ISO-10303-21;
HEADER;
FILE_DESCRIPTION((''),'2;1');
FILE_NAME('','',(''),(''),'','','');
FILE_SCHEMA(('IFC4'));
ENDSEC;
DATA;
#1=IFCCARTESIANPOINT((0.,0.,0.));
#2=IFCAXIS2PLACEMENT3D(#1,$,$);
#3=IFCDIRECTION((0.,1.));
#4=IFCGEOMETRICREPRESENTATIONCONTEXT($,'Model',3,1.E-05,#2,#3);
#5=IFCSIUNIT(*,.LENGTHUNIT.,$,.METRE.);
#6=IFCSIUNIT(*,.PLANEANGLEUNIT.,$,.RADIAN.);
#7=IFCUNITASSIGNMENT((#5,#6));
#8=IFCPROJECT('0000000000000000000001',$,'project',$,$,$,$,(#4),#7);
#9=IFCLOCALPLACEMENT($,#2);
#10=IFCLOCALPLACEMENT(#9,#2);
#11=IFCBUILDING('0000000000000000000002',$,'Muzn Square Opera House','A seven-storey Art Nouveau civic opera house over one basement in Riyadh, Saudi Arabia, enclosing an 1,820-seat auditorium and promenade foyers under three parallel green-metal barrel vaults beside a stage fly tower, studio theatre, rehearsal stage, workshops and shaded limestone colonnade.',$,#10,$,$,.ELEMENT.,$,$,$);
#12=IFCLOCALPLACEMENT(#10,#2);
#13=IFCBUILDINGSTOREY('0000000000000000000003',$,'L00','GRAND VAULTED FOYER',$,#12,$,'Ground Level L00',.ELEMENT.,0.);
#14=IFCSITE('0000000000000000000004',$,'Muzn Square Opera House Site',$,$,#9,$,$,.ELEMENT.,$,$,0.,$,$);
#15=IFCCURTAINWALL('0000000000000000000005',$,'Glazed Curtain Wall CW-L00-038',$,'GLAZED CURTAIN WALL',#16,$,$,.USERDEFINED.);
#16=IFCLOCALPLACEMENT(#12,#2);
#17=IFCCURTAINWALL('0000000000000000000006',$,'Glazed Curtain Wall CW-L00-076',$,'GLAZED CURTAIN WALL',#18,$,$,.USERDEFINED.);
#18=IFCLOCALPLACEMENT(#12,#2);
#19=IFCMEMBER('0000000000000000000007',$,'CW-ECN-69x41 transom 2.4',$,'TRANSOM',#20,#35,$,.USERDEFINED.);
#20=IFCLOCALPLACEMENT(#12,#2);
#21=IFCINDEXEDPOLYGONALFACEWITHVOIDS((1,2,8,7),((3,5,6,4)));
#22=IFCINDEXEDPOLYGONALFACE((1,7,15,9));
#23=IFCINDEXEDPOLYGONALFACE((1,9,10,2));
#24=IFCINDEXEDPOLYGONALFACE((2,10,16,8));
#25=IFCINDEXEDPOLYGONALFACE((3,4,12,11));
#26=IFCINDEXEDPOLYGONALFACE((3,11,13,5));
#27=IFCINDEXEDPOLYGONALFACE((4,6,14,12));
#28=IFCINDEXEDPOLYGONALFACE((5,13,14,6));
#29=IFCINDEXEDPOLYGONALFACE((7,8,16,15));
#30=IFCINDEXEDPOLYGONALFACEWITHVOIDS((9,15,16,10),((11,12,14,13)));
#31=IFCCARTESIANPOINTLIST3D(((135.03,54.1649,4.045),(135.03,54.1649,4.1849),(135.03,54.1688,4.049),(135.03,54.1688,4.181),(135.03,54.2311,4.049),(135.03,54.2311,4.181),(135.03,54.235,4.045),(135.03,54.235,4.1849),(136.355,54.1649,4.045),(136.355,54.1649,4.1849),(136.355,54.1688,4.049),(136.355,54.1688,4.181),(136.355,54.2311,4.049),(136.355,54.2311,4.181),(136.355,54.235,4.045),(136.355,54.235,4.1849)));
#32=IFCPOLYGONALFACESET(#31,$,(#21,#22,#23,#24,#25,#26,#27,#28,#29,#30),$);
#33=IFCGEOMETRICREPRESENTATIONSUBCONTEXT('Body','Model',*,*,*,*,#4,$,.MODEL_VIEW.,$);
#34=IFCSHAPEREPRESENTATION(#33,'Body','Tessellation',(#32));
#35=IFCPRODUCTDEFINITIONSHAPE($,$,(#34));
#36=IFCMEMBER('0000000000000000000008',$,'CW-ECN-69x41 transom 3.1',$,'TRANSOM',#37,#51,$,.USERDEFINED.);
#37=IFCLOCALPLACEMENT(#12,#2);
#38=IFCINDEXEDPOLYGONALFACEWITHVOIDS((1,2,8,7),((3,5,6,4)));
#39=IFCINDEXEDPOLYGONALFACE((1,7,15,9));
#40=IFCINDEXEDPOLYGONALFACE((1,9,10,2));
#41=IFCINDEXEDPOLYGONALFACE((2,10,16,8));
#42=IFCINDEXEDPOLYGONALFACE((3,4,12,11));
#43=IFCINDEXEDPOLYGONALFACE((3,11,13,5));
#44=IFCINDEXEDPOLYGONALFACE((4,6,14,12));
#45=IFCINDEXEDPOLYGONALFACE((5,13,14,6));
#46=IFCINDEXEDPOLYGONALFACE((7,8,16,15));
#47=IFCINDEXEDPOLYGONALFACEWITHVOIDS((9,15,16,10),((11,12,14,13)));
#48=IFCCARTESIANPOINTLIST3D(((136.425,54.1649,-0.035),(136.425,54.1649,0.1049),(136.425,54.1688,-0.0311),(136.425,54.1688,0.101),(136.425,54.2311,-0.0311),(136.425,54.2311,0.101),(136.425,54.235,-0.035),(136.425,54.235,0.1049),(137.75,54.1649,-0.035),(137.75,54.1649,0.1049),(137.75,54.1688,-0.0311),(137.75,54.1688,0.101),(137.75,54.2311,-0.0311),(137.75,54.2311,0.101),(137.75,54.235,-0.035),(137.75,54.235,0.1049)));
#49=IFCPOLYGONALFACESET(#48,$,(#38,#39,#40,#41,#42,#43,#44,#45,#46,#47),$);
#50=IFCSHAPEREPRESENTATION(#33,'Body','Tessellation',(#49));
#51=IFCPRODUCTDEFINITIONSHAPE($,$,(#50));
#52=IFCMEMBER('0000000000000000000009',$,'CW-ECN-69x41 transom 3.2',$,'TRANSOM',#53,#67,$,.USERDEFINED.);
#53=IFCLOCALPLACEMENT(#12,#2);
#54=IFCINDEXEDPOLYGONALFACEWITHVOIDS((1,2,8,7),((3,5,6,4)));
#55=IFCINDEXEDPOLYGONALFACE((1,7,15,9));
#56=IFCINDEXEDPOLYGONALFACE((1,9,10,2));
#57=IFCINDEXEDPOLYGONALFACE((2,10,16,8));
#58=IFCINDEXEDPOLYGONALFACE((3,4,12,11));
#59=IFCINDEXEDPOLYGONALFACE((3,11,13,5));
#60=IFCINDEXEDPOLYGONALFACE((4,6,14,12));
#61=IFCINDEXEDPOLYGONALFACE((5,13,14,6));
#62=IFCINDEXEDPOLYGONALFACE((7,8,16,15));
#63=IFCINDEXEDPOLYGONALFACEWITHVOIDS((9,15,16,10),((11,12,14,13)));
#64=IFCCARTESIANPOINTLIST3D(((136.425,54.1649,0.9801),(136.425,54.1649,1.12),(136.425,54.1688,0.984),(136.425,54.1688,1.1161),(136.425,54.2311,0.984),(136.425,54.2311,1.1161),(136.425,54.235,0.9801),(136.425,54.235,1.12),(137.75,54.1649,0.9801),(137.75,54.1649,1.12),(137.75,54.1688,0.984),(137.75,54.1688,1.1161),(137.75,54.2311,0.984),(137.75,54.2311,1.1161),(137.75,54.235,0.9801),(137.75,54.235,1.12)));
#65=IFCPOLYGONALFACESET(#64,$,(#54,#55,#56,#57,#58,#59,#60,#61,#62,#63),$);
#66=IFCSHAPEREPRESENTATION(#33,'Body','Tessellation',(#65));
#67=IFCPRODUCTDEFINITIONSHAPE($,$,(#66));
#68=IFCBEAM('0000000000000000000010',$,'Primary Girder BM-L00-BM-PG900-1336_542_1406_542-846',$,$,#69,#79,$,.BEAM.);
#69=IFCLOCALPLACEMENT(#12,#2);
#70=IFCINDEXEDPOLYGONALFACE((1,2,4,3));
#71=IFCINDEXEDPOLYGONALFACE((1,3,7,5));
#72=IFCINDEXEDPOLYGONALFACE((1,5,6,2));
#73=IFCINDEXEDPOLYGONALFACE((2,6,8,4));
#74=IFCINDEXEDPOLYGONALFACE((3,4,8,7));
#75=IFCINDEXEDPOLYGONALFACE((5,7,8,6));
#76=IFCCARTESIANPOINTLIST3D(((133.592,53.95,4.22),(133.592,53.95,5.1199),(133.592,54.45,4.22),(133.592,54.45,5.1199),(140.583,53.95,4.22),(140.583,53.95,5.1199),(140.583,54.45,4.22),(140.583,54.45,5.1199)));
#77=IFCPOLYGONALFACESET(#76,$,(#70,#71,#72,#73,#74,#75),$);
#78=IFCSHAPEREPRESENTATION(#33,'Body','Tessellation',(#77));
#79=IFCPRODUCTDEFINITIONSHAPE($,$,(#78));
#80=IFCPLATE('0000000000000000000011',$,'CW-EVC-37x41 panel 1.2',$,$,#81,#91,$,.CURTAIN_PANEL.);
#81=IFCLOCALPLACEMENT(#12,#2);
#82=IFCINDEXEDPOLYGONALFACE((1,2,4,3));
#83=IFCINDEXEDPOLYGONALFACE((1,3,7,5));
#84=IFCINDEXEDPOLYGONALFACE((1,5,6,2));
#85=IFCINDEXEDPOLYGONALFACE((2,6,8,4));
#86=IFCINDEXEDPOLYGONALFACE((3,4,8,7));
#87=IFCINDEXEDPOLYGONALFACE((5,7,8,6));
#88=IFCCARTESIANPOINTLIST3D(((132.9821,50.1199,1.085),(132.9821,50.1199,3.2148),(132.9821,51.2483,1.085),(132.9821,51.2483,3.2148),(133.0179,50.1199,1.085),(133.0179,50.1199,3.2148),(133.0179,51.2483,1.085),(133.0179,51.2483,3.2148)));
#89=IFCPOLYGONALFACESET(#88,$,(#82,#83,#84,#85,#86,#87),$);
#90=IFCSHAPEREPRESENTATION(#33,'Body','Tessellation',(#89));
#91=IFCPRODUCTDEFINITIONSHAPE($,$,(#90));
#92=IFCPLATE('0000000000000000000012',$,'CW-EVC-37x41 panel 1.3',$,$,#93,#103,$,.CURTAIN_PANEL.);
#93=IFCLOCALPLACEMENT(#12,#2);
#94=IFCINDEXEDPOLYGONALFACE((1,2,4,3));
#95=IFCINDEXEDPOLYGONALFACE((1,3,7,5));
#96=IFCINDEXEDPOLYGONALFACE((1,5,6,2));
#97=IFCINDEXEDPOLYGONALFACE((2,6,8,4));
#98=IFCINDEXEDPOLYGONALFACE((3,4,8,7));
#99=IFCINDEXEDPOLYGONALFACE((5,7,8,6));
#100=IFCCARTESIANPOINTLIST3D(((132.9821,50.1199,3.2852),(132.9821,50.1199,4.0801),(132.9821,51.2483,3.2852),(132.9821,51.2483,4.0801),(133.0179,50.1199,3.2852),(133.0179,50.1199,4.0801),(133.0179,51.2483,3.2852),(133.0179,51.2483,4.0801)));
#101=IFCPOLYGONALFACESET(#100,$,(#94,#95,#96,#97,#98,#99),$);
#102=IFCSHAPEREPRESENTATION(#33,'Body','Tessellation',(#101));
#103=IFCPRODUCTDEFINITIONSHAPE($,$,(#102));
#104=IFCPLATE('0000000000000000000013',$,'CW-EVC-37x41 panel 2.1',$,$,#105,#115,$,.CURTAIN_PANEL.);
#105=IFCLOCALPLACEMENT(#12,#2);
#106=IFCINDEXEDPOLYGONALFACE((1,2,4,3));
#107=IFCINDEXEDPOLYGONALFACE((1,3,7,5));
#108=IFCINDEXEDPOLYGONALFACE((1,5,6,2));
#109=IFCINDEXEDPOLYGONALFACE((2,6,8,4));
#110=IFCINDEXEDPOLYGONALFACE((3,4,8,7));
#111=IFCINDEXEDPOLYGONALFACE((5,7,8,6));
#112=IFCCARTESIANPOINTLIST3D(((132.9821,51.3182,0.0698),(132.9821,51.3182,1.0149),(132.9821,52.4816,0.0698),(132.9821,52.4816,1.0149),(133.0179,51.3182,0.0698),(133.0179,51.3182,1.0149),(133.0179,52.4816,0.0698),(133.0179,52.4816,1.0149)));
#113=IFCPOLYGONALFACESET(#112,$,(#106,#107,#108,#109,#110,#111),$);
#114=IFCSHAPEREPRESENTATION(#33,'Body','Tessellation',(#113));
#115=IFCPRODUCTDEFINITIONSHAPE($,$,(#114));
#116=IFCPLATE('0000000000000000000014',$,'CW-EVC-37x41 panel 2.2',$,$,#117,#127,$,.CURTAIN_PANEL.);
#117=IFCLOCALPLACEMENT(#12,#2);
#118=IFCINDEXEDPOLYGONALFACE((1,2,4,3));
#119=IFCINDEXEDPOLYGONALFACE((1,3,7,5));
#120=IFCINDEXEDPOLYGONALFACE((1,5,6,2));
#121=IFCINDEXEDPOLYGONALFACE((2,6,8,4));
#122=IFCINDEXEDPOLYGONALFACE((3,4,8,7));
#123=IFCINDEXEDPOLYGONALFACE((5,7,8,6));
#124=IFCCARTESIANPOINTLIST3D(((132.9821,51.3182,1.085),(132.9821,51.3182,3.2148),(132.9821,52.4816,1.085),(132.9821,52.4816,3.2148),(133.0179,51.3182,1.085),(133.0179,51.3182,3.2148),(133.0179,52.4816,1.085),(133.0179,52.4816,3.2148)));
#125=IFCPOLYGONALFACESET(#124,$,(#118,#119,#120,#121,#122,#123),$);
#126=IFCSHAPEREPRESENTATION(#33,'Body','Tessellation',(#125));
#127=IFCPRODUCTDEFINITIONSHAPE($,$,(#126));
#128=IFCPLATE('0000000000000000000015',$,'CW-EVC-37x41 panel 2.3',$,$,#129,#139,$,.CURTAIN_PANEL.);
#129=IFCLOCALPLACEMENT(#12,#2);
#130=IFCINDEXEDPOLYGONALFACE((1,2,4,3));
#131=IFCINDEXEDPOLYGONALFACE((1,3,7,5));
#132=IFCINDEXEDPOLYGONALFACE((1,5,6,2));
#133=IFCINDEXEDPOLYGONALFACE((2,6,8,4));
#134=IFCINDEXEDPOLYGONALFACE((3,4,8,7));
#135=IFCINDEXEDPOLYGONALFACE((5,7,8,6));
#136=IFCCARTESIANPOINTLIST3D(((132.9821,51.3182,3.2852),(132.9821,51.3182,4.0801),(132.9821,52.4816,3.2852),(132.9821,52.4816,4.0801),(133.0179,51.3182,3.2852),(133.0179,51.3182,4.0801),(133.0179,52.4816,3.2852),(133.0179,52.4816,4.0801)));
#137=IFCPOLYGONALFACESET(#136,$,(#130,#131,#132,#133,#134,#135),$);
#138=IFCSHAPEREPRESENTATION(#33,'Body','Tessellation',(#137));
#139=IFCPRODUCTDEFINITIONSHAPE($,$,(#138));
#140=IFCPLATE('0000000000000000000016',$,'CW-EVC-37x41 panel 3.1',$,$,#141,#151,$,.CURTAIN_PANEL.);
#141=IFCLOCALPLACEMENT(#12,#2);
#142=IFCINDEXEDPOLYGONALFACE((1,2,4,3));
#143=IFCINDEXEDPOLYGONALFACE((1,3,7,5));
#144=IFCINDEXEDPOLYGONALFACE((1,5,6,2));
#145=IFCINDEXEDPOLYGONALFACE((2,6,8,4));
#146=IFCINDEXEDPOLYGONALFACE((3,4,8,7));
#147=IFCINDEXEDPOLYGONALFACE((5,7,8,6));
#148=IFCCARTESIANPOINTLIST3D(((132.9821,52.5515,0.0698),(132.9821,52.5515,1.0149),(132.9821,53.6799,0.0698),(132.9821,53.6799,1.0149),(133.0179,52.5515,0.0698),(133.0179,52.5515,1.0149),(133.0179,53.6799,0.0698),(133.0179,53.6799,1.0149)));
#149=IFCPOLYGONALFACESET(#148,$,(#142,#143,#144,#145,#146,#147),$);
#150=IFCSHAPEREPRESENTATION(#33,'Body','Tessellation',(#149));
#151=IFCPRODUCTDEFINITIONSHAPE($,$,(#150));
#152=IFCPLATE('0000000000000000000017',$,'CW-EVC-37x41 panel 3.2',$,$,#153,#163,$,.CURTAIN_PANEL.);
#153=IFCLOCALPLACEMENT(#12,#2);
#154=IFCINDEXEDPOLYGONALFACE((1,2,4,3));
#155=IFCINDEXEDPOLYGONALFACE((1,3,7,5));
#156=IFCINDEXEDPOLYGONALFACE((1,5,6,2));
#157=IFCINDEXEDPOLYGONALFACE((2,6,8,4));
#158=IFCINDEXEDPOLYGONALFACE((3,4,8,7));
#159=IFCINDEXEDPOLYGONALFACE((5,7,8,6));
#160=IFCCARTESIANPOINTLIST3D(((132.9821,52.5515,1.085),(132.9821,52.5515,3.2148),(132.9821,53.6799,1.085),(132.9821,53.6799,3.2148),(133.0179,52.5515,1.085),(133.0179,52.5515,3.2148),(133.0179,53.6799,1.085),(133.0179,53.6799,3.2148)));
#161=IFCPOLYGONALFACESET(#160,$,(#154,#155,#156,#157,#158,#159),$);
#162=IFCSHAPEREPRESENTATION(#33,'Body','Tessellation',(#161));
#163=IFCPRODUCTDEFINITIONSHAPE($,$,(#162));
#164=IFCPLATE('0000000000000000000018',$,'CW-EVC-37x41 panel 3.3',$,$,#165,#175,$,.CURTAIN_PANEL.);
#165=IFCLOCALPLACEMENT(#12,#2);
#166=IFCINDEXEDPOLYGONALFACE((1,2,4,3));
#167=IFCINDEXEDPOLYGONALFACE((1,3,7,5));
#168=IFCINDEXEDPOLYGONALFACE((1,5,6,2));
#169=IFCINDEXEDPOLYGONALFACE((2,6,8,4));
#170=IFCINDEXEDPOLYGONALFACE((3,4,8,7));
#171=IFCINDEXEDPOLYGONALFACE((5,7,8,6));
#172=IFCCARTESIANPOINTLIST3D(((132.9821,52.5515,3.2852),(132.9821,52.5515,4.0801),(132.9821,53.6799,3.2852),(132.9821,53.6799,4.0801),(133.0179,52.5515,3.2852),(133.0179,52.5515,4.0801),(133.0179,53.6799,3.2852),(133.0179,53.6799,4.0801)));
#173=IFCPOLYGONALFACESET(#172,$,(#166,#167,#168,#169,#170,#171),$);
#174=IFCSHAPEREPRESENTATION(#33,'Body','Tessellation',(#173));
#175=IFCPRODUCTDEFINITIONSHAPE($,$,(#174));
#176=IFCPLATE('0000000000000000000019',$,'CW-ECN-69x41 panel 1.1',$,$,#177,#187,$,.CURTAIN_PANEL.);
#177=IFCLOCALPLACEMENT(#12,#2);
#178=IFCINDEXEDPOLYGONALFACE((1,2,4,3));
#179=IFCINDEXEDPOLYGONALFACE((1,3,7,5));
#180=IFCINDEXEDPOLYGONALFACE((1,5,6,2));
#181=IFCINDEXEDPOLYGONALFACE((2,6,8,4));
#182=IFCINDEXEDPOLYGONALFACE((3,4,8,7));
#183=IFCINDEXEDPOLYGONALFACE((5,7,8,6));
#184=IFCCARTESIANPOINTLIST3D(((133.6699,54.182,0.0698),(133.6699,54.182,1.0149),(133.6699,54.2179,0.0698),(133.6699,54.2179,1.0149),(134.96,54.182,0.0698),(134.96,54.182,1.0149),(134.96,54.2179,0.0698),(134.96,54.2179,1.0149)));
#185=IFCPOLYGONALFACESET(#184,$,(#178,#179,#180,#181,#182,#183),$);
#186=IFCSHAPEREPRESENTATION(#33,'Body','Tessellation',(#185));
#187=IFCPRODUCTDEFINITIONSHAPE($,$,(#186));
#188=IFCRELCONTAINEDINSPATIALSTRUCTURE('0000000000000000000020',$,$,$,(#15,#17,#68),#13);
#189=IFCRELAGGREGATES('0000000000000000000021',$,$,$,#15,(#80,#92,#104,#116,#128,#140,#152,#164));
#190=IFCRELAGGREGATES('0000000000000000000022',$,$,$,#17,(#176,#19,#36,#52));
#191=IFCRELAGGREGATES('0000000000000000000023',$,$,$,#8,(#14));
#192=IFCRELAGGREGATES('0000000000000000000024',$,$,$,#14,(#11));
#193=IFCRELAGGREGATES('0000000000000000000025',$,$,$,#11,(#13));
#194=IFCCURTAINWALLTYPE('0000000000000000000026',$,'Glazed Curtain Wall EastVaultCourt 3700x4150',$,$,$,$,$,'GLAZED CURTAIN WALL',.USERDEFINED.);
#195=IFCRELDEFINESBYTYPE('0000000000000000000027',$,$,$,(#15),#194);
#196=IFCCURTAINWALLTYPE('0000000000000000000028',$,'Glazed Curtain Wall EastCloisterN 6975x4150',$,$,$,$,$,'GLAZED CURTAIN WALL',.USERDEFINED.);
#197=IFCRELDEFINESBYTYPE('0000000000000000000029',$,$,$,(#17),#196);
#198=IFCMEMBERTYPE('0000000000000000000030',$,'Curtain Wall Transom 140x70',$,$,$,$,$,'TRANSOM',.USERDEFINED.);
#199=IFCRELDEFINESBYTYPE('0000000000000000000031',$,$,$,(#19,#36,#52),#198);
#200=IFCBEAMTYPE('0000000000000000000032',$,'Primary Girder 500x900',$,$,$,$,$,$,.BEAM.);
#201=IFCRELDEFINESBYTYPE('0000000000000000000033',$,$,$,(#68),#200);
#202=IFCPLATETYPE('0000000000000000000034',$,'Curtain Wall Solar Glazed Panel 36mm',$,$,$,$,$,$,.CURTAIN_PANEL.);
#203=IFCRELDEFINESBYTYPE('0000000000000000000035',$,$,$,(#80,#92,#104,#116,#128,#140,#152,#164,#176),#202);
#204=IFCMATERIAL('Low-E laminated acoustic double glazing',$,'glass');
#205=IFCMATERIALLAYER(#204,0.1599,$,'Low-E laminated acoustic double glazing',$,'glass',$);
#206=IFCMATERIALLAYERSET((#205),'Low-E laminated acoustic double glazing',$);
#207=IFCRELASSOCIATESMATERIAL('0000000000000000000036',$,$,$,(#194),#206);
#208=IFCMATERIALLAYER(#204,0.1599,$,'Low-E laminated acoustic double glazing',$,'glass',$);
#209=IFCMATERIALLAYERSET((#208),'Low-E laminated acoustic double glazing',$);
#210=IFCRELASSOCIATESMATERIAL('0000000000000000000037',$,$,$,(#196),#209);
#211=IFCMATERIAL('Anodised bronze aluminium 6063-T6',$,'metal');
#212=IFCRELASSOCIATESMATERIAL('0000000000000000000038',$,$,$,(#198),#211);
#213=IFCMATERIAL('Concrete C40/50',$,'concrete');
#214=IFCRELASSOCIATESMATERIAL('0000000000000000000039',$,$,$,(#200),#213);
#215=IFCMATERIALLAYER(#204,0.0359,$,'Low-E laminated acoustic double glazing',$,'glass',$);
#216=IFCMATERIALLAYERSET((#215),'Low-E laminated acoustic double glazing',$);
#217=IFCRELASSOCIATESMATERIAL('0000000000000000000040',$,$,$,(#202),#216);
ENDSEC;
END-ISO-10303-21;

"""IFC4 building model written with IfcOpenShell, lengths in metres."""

from ifc_helpers import new_model, si_unit, direction, frame, origin, origin_2d, place, context, subcontext, project, spatial, rectangle, hollow_rectangle, extrude, material, layer, layer_set, material_profile, profile_set, type_object, element, aggregate, save


model = new_model("IFC4")

# Units and contexts
model_context = context("Model", 3, precision=1e-05, world=origin(), true_north=direction((0.0, 1.0)))
body_context = subcontext(model_context, "Body", "Model", "MODEL_VIEW")
ifc_project = project(units=[si_unit("LENGTHUNIT", "METRE"), si_unit("PLANEANGLEUNIT", "RADIAN")], contexts=[model_context])

# Site, building, storey
site_placement = place(None, origin())
site = spatial("IfcSite", under=ifc_project, at=site_placement, Name="Muzn Square Opera House Site", CompositionType="ELEMENT", RefElevation=0.0)
building_placement = place(site_placement, origin())
building = spatial("IfcBuilding", under=site, at=building_placement, Name="Muzn Square Opera House", Description="A seven-storey Art Nouveau civic opera house over one basement in Riyadh, Saudi Arabia, enclosing an 1,820-seat auditorium and promenade foyers under three parallel green-metal barrel vaults beside a stage fly tower, studio theatre, rehearsal stage, workshops and shaded limestone colonnade.", CompositionType="ELEMENT")
storey_placement = place(building_placement, origin())
storey = spatial("IfcBuildingStorey", under=building, at=storey_placement, Name="L00", Description="GRAND VAULTED FOYER", LongName="Ground Level L00", CompositionType="ELEMENT", Elevation=0.0)

# Curtain walls
ifc_material_1 = material(Name="Low-E laminated acoustic double glazing", Category="glass")
ifc_layer_1 = layer(ifc_material_1, 0.1599, Name="Low-E laminated acoustic double glazing", Category="glass")
ifc_layer_set_1 = layer_set([ifc_layer_1], Name="Low-E laminated acoustic double glazing")
curtain_wall_type_1 = type_object("IfcCurtainWallType", Name="Glazed Curtain Wall EastVaultCourt 3700x4150", ElementType="GLAZED CURTAIN WALL", PredefinedType="USERDEFINED", material=ifc_layer_set_1)
curtain_wall_1_placement = place(storey_placement, origin())
curtain_wall_1 = element("IfcCurtainWall", 1, at=curtain_wall_1_placement, inside=storey, type_object=curtain_wall_type_1, Name="Glazed Curtain Wall CW-L00-038", ObjectType="GLAZED CURTAIN WALL", PredefinedType="USERDEFINED")
ifc_material_2 = material(Name="Anodised bronze aluminium 6063-T6", Category="metal")
ifc_layer_2 = layer(ifc_material_1, 0.1599, Name="Low-E laminated acoustic double glazing", Category="glass")
ifc_layer_set_2 = layer_set([ifc_layer_2], Name="Low-E laminated acoustic double glazing")
curtain_wall_type_2 = type_object("IfcCurtainWallType", Name="Glazed Curtain Wall EastCloisterN 6975x4150", ElementType="GLAZED CURTAIN WALL", PredefinedType="USERDEFINED", material=ifc_layer_set_2)
curtain_wall_2_placement = place(storey_placement, origin())
curtain_wall_2 = element("IfcCurtainWall", 2, at=curtain_wall_2_placement, inside=storey, type_object=curtain_wall_type_2, Name="Glazed Curtain Wall CW-L00-076", ObjectType="GLAZED CURTAIN WALL", PredefinedType="USERDEFINED")

# Members
ifc_material_profile_1 = material_profile(ifc_material_2, hollow_rectangle(XDim=0.0701, YDim=0.1399, WallThickness=0.0039, at=origin_2d()), Name="ALU 140x70x4", Category="metal")
ifc_profile_set_1 = profile_set([ifc_material_profile_1], Name="Anodised bronze aluminium 6063-T6")
member_type_1 = type_object("IfcMemberType", Name="Curtain Wall Transom 140x70", ElementType="TRANSOM", PredefinedType="USERDEFINED", material=ifc_profile_set_1)
member_1_placement = place(storey_placement, frame((135.03, 54.2, 4.115), z_axis=(1.0, 0.0, 0.0), x_axis=(0.0, 1.0, 0.0)))
member_1 = element("IfcMember", 3, at=member_1_placement, type_object=member_type_1, Name="CW-ECN-69x41 transom 2.4", ObjectType="TRANSOM", PredefinedType="USERDEFINED", context=body_context, shape_type="SweptSolid", body=[
    extrude(hollow_rectangle(XDim=0.0701, YDim=0.1399, WallThickness=0.0039, at=origin_2d()), origin(), (0.0, 0.0, 1.0), 1.325),
])
member_2_placement = place(storey_placement, frame((136.425, 54.2, 0.0349), z_axis=(1.0, 0.0, 0.0), x_axis=(0.0, 1.0, 0.0)))
member_2 = element("IfcMember", 4, at=member_2_placement, type_object=member_type_1, Name="CW-ECN-69x41 transom 3.1", ObjectType="TRANSOM", PredefinedType="USERDEFINED", context=body_context, shape_type="SweptSolid", body=[
    extrude(hollow_rectangle(XDim=0.0701, YDim=0.1399, WallThickness=0.0039, at=origin_2d()), origin(), (0.0, 0.0, 1.0), 1.325),
])
member_3_placement = place(storey_placement, frame((136.425, 54.2, 1.05), z_axis=(1.0, 0.0, 0.0), x_axis=(0.0, 1.0, 0.0)))
member_3 = element("IfcMember", 5, at=member_3_placement, type_object=member_type_1, Name="CW-ECN-69x41 transom 3.2", ObjectType="TRANSOM", PredefinedType="USERDEFINED", context=body_context, shape_type="SweptSolid", body=[
    extrude(hollow_rectangle(XDim=0.0701, YDim=0.1399, WallThickness=0.0039, at=origin_2d()), origin(), (0.0, 0.0, 1.0), 1.325),
])

# Beam
ifc_material_3 = material(Name="Concrete C40/50", Category="concrete")
ifc_material_profile_2 = material_profile(ifc_material_3, rectangle(XDim=0.5, YDim=0.8999, at=origin_2d()), Name="RCB 500x900", Category="concrete")
ifc_profile_set_2 = profile_set([ifc_material_profile_2], Name="Concrete C40/50")
beam_type = type_object("IfcBeamType", Name="Primary Girder 500x900", PredefinedType="BEAM", material=ifc_profile_set_2)
beam_placement = place(storey_placement, frame((133.592, 54.2, 4.6699), z_axis=(1.0, 0.0, 0.0), x_axis=(0.0, 1.0, 0.0)))
element("IfcBeam", 6, at=beam_placement, inside=storey, type_object=beam_type, Name="Primary Girder BM-L00-BM-PG900-1336_542_1406_542-846", PredefinedType="BEAM", context=body_context, shape_type="SweptSolid", body=[
    extrude(rectangle(XDim=0.5, YDim=0.8999, at=origin_2d()), origin(), (0.0, 0.0, 1.0), 6.991),
])

# Plates
ifc_layer_3 = layer(ifc_material_1, 0.0359, Name="Low-E laminated acoustic double glazing", Category="glass")
ifc_layer_set_3 = layer_set([ifc_layer_3], Name="Low-E laminated acoustic double glazing")
plate_type = type_object("IfcPlateType", Name="Curtain Wall Solar Glazed Panel 36mm", PredefinedType="CURTAIN_PANEL", material=ifc_layer_set_3)
plate_1_placement = place(storey_placement, frame((133.0, 50.6841, 1.085), z_axis=(0.0, 0.0, 1.0), x_axis=(0.0, 1.0, 0.0)))
plate_1 = element("IfcPlate", 7, at=plate_1_placement, type_object=plate_type, Name="CW-EVC-37x41 panel 1.2", PredefinedType="CURTAIN_PANEL", context=body_context, shape_type="SweptSolid", body=[
    extrude(rectangle(XDim=1.1284, YDim=0.0359, at=origin_2d()), origin(), (0.0, 0.0, 1.0), 2.1299),
])
plate_2_placement = place(storey_placement, frame((133.0, 50.6841, 3.2852), z_axis=(0.0, 0.0, 1.0), x_axis=(0.0, 1.0, 0.0)))
plate_2 = element("IfcPlate", 8, at=plate_2_placement, type_object=plate_type, Name="CW-EVC-37x41 panel 1.3", PredefinedType="CURTAIN_PANEL", context=body_context, shape_type="SweptSolid", body=[
    extrude(rectangle(XDim=1.1284, YDim=0.0359, at=origin_2d()), origin(), (0.0, 0.0, 1.0), 0.7949),
])
plate_3_placement = place(storey_placement, frame((133.0, 51.8999, 0.0698), z_axis=(0.0, 0.0, 1.0), x_axis=(0.0, 1.0, 0.0)))
plate_3 = element("IfcPlate", 9, at=plate_3_placement, type_object=plate_type, Name="CW-EVC-37x41 panel 2.1", PredefinedType="CURTAIN_PANEL", context=body_context, shape_type="SweptSolid", body=[
    extrude(rectangle(XDim=1.1633, YDim=0.0359, at=origin_2d()), origin(), (0.0, 0.0, 1.0), 0.9451),
])
plate_4_placement = place(storey_placement, frame((133.0, 51.8999, 1.085), z_axis=(0.0, 0.0, 1.0), x_axis=(0.0, 1.0, 0.0)))
plate_4 = element("IfcPlate", 10, at=plate_4_placement, type_object=plate_type, Name="CW-EVC-37x41 panel 2.2", PredefinedType="CURTAIN_PANEL", context=body_context, shape_type="SweptSolid", body=[
    extrude(rectangle(XDim=1.1633, YDim=0.0359, at=origin_2d()), origin(), (0.0, 0.0, 1.0), 2.1299),
])
plate_5_placement = place(storey_placement, frame((133.0, 51.8999, 3.2852), z_axis=(0.0, 0.0, 1.0), x_axis=(0.0, 1.0, 0.0)))
plate_5 = element("IfcPlate", 11, at=plate_5_placement, type_object=plate_type, Name="CW-EVC-37x41 panel 2.3", PredefinedType="CURTAIN_PANEL", context=body_context, shape_type="SweptSolid", body=[
    extrude(rectangle(XDim=1.1633, YDim=0.0359, at=origin_2d()), origin(), (0.0, 0.0, 1.0), 0.7949),
])
plate_6_placement = place(storey_placement, frame((133.0, 53.1157, 0.0698), z_axis=(0.0, 0.0, 1.0), x_axis=(0.0, 1.0, 0.0)))
plate_6 = element("IfcPlate", 12, at=plate_6_placement, type_object=plate_type, Name="CW-EVC-37x41 panel 3.1", PredefinedType="CURTAIN_PANEL", context=body_context, shape_type="SweptSolid", body=[
    extrude(rectangle(XDim=1.1284, YDim=0.0359, at=origin_2d()), origin(), (0.0, 0.0, 1.0), 0.9451),
])
plate_7_placement = place(storey_placement, frame((133.0, 53.1157, 1.085), z_axis=(0.0, 0.0, 1.0), x_axis=(0.0, 1.0, 0.0)))
plate_7 = element("IfcPlate", 13, at=plate_7_placement, type_object=plate_type, Name="CW-EVC-37x41 panel 3.2", PredefinedType="CURTAIN_PANEL", context=body_context, shape_type="SweptSolid", body=[
    extrude(rectangle(XDim=1.1284, YDim=0.0359, at=origin_2d()), origin(), (0.0, 0.0, 1.0), 2.1299),
])
plate_8_placement = place(storey_placement, frame((133.0, 53.1157, 3.2852), z_axis=(0.0, 0.0, 1.0), x_axis=(0.0, 1.0, 0.0)))
plate_8 = element("IfcPlate", 14, at=plate_8_placement, type_object=plate_type, Name="CW-EVC-37x41 panel 3.3", PredefinedType="CURTAIN_PANEL", context=body_context, shape_type="SweptSolid", body=[
    extrude(rectangle(XDim=1.1284, YDim=0.0359, at=origin_2d()), origin(), (0.0, 0.0, 1.0), 0.7949),
])
aggregate(curtain_wall_1, [plate_1, plate_2, plate_3, plate_4, plate_5, plate_6, plate_7, plate_8])
plate_9_placement = place(storey_placement, frame((134.3149, 54.2, 0.0698), z_axis=(0.0, 0.0, 1.0), x_axis=(1.0, 0.0, 0.0)))
plate_9 = element("IfcPlate", 15, at=plate_9_placement, type_object=plate_type, Name="CW-ECN-69x41 panel 1.1", PredefinedType="CURTAIN_PANEL", context=body_context, shape_type="SweptSolid", body=[
    extrude(rectangle(XDim=1.29, YDim=0.0359, at=origin_2d()), origin(), (0.0, 0.0, 1.0), 0.9451),
])
aggregate(curtain_wall_2, [plate_9, member_1, member_2, member_3])

save(model, "model.ifc")
